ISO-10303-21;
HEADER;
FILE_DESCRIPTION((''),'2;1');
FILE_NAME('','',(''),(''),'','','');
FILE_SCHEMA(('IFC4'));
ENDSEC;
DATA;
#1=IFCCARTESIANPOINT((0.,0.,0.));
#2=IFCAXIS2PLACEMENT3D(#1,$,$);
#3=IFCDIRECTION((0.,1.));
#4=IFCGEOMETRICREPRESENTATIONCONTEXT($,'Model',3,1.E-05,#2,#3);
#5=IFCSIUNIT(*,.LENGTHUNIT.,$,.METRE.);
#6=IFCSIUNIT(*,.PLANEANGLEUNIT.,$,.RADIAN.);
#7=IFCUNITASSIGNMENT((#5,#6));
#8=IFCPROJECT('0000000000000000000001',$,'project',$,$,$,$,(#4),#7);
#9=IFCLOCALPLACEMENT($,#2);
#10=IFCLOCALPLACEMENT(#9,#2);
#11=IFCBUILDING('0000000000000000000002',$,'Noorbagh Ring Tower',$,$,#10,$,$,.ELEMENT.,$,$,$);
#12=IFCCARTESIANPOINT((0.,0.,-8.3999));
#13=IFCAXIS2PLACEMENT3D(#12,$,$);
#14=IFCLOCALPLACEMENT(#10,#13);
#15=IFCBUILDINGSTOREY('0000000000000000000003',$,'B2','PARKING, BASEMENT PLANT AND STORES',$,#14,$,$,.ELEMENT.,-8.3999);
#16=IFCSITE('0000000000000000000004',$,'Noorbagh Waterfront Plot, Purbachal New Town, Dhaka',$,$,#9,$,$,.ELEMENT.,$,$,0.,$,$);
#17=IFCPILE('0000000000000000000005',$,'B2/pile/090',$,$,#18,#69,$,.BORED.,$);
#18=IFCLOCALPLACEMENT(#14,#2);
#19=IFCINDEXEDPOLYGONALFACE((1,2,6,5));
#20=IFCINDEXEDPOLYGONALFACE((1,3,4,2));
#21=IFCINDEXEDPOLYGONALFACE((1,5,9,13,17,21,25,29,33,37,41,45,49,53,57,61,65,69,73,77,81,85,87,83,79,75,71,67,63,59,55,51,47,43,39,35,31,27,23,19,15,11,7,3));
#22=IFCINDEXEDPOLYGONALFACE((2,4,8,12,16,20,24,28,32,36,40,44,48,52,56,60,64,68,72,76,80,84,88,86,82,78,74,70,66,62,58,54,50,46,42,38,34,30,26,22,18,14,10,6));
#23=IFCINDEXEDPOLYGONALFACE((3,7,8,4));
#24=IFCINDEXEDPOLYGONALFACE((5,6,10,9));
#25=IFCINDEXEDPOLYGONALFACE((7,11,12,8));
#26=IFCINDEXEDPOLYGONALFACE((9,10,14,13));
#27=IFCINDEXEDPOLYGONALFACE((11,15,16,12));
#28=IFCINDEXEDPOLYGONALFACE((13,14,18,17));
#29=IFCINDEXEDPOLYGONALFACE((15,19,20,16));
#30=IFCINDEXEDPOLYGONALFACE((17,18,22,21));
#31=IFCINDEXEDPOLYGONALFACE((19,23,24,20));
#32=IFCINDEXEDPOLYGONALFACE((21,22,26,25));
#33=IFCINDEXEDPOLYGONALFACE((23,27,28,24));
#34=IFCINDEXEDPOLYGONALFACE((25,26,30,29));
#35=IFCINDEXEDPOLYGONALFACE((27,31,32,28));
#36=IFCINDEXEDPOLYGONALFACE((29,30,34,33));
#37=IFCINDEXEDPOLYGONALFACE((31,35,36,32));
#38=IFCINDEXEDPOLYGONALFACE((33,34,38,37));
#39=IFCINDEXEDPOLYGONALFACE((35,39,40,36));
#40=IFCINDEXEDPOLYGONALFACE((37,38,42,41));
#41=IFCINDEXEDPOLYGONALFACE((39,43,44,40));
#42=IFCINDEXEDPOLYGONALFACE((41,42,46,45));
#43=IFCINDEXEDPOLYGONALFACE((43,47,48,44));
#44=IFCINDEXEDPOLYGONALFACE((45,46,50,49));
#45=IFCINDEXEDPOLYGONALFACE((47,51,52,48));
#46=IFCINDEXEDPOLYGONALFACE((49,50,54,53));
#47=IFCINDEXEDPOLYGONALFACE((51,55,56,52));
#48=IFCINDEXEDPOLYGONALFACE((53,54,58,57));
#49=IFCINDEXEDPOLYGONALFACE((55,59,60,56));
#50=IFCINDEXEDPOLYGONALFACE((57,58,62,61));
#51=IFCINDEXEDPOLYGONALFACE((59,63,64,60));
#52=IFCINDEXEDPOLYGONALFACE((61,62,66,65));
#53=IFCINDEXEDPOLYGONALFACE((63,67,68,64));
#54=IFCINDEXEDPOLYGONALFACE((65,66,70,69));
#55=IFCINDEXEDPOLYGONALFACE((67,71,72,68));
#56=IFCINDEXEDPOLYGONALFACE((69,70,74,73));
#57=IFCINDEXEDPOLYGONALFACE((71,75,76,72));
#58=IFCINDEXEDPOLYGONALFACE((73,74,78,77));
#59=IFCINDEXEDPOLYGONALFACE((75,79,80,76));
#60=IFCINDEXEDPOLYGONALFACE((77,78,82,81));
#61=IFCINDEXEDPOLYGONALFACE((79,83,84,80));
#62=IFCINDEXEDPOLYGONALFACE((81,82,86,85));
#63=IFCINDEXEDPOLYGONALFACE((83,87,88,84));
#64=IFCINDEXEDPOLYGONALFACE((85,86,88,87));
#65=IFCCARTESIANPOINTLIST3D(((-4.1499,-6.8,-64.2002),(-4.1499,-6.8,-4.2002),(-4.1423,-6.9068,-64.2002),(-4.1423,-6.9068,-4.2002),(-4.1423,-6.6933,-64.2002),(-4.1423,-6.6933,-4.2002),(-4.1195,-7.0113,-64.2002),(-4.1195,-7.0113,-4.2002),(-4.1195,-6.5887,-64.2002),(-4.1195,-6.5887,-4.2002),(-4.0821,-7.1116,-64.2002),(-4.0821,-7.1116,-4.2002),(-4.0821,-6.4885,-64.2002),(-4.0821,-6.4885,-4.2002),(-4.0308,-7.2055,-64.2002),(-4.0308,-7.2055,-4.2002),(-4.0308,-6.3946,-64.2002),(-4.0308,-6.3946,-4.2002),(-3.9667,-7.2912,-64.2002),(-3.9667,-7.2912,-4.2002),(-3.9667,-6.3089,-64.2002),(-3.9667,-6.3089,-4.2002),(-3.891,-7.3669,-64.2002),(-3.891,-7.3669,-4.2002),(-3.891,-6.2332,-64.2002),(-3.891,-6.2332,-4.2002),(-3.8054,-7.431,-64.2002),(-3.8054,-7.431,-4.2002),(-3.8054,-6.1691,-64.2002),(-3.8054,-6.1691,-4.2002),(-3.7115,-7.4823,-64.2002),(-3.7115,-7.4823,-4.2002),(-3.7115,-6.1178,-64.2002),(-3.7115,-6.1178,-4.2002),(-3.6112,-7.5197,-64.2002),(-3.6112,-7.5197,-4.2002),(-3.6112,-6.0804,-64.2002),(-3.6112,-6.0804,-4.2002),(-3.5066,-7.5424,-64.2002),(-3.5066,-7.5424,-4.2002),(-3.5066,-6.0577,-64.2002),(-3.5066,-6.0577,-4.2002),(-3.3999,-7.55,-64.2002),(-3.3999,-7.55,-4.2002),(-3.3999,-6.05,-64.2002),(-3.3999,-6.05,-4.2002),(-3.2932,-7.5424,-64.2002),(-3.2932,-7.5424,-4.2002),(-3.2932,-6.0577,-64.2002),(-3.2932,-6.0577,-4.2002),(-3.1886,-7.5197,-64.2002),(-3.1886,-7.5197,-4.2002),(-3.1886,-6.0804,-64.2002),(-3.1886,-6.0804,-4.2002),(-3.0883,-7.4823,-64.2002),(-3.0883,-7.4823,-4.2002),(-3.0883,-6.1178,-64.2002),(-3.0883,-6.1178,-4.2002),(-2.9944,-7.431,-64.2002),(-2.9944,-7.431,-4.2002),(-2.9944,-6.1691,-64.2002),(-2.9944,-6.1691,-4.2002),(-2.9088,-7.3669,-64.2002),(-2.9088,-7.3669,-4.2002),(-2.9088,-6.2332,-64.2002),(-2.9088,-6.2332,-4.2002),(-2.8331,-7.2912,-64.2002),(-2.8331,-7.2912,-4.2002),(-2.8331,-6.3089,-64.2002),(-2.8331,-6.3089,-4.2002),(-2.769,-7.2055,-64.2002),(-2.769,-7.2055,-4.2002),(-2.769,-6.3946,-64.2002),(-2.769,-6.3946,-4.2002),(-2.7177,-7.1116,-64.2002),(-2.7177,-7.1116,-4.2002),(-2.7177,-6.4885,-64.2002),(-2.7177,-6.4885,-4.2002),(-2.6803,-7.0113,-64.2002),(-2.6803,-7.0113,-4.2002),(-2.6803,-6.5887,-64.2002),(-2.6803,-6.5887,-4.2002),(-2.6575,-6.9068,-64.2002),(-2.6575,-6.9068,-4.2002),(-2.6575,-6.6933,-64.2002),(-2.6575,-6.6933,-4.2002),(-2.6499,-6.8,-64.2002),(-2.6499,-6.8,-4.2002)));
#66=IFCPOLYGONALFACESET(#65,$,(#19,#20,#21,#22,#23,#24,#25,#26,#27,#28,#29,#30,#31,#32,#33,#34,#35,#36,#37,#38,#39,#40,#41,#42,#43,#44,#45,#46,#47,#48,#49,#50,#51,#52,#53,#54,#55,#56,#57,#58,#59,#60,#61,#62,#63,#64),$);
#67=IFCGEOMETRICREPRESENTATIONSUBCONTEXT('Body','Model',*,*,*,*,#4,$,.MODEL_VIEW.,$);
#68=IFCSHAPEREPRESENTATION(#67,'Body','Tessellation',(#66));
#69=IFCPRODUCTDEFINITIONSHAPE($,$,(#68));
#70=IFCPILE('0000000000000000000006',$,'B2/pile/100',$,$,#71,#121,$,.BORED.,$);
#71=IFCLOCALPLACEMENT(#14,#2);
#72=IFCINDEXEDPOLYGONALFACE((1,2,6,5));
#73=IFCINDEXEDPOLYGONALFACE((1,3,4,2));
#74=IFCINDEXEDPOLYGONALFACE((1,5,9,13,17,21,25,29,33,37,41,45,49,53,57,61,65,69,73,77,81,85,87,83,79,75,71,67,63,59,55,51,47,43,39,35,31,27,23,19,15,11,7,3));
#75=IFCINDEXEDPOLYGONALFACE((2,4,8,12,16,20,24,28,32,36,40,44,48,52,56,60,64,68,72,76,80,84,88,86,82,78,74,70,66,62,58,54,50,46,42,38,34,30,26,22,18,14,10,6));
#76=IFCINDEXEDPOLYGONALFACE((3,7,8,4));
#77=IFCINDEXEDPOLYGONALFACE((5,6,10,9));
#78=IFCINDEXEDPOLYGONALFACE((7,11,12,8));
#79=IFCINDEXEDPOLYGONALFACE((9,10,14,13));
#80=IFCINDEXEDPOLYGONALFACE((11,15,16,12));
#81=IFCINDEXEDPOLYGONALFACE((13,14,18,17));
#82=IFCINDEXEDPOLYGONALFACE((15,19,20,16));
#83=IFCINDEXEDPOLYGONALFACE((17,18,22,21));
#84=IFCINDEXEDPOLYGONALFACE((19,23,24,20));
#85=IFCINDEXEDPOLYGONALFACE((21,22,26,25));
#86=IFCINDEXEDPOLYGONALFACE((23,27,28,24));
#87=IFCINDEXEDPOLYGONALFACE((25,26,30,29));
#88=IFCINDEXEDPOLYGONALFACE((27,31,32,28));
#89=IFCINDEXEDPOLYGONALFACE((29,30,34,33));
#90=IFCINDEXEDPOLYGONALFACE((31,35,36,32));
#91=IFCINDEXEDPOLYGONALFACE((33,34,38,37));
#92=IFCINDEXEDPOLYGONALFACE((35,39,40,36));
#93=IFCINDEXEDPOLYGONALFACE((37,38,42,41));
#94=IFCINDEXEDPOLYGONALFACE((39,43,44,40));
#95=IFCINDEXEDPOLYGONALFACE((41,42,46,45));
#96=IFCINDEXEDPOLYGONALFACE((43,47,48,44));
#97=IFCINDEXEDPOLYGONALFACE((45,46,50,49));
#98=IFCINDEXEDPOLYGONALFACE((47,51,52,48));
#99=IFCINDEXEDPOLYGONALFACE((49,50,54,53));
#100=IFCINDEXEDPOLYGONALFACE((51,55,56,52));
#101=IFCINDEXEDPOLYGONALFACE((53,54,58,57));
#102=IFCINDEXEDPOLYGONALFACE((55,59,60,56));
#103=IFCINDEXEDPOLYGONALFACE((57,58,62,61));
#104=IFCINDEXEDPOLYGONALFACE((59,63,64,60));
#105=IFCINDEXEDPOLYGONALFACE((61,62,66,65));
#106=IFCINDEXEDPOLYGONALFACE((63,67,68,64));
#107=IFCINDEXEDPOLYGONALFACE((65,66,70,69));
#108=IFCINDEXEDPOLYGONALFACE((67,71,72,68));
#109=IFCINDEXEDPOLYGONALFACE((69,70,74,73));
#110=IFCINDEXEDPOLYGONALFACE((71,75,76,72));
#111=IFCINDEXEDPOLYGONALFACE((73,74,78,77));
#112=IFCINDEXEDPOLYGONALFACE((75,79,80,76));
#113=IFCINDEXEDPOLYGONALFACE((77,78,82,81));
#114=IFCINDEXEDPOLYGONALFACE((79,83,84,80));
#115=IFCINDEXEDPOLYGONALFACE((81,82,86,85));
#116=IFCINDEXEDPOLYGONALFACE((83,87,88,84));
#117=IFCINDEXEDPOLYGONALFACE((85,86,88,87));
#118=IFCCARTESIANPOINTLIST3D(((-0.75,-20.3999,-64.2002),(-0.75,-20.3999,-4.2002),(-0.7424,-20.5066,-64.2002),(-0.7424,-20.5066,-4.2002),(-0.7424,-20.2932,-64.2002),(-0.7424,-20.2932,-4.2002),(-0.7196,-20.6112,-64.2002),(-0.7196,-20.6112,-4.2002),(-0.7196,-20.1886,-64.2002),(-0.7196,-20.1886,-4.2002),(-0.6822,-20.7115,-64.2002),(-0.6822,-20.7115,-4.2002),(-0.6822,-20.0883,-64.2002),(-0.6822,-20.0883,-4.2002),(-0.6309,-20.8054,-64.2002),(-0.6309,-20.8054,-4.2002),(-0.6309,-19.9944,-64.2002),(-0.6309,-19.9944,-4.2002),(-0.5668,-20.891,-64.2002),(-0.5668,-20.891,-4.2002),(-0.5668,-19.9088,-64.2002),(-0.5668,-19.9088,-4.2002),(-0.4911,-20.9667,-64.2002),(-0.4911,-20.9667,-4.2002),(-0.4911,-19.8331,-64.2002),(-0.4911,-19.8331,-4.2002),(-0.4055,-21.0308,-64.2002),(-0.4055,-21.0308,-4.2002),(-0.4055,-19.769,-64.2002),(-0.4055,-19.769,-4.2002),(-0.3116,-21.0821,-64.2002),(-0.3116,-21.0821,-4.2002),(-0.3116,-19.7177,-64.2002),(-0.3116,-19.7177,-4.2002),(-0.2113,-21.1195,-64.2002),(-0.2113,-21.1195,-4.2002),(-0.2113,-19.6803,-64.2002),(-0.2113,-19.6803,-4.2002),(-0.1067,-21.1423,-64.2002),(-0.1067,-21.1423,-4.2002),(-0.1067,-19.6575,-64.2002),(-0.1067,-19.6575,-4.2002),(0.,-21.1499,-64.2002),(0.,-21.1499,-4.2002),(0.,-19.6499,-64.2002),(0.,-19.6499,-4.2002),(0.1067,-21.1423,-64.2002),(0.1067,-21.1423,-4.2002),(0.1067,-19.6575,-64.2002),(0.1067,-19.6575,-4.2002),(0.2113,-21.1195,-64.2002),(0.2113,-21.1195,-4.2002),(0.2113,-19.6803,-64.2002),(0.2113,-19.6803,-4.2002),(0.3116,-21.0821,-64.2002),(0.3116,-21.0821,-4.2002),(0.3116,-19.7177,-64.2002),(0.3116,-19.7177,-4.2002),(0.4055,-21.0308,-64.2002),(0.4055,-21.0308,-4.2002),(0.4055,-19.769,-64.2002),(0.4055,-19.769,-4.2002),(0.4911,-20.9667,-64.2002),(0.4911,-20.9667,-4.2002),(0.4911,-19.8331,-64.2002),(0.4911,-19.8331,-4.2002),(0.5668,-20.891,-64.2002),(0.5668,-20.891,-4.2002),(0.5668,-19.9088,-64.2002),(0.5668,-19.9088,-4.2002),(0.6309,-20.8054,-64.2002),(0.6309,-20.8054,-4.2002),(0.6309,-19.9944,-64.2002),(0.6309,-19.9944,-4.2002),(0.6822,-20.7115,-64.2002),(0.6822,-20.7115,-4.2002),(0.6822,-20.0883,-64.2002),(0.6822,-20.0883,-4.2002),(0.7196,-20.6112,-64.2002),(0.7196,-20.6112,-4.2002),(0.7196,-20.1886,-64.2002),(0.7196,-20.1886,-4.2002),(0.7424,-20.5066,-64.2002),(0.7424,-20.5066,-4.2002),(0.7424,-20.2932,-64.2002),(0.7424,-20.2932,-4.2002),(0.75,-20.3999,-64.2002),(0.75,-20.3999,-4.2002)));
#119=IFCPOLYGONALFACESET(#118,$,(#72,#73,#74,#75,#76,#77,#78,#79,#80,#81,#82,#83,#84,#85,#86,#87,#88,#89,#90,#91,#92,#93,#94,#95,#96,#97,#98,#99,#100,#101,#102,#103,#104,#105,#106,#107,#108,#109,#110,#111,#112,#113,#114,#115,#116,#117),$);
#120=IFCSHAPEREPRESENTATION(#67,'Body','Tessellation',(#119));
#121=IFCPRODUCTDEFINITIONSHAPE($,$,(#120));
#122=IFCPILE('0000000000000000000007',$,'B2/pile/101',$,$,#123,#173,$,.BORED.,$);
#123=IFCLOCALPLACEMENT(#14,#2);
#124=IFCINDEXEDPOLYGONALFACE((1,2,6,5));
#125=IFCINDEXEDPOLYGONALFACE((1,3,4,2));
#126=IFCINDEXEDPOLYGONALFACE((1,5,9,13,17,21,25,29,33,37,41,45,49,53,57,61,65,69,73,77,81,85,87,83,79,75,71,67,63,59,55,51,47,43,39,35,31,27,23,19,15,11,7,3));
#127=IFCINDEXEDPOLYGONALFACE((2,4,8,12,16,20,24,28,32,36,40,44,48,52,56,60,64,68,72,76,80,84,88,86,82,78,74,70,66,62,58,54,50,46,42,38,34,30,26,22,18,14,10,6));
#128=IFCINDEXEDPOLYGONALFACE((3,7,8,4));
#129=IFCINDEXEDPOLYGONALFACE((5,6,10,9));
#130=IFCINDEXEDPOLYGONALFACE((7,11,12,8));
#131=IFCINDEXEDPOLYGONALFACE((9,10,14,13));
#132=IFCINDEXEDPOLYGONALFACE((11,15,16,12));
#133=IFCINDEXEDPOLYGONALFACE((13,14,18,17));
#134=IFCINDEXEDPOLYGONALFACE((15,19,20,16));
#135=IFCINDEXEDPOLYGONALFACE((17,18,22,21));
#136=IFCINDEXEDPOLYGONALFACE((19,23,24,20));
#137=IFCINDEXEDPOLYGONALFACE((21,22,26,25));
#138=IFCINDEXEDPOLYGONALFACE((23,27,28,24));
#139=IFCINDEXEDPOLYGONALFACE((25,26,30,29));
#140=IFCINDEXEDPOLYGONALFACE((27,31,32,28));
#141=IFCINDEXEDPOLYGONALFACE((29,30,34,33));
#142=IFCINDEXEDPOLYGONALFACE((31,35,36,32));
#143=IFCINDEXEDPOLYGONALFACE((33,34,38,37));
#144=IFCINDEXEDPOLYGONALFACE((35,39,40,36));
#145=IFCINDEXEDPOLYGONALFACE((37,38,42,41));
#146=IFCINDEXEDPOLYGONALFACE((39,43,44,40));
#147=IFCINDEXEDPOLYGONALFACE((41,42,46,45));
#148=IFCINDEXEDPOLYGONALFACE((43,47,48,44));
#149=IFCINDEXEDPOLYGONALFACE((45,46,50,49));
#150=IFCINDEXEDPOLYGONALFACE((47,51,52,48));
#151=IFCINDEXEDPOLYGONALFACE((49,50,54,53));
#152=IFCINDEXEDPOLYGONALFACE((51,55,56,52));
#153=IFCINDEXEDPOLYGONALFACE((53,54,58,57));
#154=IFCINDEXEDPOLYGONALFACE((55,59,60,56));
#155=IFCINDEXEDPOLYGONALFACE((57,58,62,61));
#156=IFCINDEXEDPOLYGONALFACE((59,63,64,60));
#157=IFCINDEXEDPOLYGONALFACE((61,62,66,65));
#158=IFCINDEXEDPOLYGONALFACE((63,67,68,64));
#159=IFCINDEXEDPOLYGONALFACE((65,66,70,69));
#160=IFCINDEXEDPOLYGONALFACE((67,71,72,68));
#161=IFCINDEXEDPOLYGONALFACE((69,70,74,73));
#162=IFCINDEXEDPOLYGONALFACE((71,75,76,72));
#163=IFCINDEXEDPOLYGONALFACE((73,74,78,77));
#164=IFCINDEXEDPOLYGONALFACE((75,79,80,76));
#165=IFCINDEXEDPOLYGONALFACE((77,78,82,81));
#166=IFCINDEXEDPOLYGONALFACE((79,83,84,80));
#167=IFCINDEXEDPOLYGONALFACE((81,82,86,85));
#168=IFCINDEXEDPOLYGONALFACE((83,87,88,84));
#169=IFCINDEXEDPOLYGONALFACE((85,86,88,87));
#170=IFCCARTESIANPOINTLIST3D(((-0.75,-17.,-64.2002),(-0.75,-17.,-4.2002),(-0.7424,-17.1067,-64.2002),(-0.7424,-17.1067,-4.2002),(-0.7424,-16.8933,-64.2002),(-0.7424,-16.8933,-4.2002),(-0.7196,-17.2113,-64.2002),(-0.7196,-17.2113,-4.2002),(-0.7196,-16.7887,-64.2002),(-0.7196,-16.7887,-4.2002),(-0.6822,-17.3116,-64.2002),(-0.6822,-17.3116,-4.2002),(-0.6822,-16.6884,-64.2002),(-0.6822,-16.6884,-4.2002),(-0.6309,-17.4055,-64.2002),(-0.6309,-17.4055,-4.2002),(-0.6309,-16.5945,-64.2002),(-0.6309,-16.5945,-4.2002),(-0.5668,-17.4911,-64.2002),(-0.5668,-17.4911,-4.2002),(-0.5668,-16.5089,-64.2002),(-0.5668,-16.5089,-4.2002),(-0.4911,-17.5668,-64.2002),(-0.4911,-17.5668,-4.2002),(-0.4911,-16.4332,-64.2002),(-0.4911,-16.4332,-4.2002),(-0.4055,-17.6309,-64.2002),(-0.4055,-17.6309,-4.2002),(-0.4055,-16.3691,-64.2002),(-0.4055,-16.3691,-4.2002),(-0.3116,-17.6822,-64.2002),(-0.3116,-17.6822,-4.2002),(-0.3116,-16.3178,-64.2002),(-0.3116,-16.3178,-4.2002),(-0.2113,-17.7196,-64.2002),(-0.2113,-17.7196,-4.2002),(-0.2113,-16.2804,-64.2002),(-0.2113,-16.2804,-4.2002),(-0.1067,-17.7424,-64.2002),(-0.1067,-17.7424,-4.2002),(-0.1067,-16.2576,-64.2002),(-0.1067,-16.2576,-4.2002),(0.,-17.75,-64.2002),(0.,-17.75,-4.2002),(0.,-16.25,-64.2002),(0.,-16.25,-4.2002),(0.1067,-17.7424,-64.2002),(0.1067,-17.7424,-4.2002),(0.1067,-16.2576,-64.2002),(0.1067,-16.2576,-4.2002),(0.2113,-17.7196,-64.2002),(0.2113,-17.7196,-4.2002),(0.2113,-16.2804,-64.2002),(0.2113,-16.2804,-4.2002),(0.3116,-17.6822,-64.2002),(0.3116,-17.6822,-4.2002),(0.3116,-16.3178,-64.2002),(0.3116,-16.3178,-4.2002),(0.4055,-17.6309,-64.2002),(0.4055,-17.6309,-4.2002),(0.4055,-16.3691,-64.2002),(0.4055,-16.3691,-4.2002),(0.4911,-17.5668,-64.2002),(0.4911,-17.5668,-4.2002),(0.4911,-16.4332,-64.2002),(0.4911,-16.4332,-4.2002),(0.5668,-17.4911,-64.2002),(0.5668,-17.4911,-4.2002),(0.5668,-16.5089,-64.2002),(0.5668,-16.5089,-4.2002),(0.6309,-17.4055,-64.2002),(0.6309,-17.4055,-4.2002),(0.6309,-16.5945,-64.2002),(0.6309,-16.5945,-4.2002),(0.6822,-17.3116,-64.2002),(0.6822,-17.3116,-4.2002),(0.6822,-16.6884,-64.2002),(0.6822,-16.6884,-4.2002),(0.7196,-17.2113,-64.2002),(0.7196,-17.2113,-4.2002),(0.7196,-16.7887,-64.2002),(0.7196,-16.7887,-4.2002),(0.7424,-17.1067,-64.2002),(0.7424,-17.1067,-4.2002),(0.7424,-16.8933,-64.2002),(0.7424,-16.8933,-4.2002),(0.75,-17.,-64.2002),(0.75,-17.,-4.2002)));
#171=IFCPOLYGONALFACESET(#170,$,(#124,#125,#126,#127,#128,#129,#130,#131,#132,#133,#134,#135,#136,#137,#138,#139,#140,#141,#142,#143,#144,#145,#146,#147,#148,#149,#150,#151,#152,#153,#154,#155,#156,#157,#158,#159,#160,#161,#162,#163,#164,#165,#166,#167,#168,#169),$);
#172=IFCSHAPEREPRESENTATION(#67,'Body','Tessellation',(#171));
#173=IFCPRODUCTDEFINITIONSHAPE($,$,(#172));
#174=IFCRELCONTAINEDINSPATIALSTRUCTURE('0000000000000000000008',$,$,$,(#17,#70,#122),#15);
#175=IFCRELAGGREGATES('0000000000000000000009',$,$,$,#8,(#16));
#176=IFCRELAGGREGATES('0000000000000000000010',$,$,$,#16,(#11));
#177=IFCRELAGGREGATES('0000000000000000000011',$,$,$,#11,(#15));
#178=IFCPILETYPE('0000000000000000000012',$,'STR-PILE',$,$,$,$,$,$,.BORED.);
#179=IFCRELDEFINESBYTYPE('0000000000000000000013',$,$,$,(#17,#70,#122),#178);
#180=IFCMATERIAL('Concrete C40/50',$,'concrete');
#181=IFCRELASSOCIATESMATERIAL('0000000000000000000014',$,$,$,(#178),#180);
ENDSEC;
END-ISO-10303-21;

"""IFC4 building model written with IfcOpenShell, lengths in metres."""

from ifc_helpers import new_model, si_unit, direction, frame, origin, origin_2d, place, context, subcontext, project, spatial, circle, extrude, material, material_profile, profile_set, type_object, element, save


model = new_model("IFC4")

# Units and contexts
model_context = context("Model", 3, precision=1e-05, world=origin(), true_north=direction((0.0, 1.0)))
body_context = subcontext(model_context, "Body", "Model", "MODEL_VIEW")
ifc_project = project(units=[si_unit("LENGTHUNIT", "METRE"), si_unit("PLANEANGLEUNIT", "RADIAN")], contexts=[model_context])

# Site, building, storey
site_placement = place(None, origin())
site = spatial("IfcSite", under=ifc_project, at=site_placement, Name="Noorbagh Waterfront Plot, Purbachal New Town, Dhaka", CompositionType="ELEMENT", RefElevation=0.0)
building_placement = place(site_placement, origin())
building = spatial("IfcBuilding", under=site, at=building_placement, Name="Noorbagh Ring Tower", CompositionType="ELEMENT")
storey_placement = place(building_placement, frame((0.0, 0.0, -8.3999)))
storey = spatial("IfcBuildingStorey", under=building, at=storey_placement, Name="B2", Description="PARKING, BASEMENT PLANT AND STORES", CompositionType="ELEMENT", Elevation=-8.3999)

# Piles
ifc_material_1 = material(Name="Concrete C40/50", Category="concrete")
ifc_material_profile_1 = material_profile(ifc_material_1, circle(Radius=0.75, at=origin_2d()), Name="PILE1500")
ifc_profile_set_1 = profile_set([ifc_material_profile_1], Name="Concrete C40/50")
pile_type = type_object("IfcPileType", Name="STR-PILE", PredefinedType="BORED", material=ifc_profile_set_1)
for number, where, z_axis, x_axis, name in (
    (1, (-3.3999, -6.8, -4.2002), (0.0, 0.0, -1.0), (1.0, 0.0, 0.0), "B2/pile/090"),
    (2, (0.0, -20.3999, -4.2002), (0.0, 0.0, -1.0), (1.0, 0.0, 0.0), "B2/pile/100"),
    (3, (0.0, -17.0, -4.2002), (0.0, 0.0, -1.0), (1.0, 0.0, 0.0), "B2/pile/101"),
):
    element("IfcPile", number, at=place(storey_placement, frame(where, z_axis=z_axis, x_axis=x_axis)), inside=storey, type_object=pile_type, Name=name, PredefinedType="BORED", context=body_context, shape_type="SweptSolid", body=[
        extrude(circle(Radius=0.75, at=origin_2d()), origin(), (0.0, 0.0, 1.0), 60.0),
    ])

save(model, "model.ifc")
